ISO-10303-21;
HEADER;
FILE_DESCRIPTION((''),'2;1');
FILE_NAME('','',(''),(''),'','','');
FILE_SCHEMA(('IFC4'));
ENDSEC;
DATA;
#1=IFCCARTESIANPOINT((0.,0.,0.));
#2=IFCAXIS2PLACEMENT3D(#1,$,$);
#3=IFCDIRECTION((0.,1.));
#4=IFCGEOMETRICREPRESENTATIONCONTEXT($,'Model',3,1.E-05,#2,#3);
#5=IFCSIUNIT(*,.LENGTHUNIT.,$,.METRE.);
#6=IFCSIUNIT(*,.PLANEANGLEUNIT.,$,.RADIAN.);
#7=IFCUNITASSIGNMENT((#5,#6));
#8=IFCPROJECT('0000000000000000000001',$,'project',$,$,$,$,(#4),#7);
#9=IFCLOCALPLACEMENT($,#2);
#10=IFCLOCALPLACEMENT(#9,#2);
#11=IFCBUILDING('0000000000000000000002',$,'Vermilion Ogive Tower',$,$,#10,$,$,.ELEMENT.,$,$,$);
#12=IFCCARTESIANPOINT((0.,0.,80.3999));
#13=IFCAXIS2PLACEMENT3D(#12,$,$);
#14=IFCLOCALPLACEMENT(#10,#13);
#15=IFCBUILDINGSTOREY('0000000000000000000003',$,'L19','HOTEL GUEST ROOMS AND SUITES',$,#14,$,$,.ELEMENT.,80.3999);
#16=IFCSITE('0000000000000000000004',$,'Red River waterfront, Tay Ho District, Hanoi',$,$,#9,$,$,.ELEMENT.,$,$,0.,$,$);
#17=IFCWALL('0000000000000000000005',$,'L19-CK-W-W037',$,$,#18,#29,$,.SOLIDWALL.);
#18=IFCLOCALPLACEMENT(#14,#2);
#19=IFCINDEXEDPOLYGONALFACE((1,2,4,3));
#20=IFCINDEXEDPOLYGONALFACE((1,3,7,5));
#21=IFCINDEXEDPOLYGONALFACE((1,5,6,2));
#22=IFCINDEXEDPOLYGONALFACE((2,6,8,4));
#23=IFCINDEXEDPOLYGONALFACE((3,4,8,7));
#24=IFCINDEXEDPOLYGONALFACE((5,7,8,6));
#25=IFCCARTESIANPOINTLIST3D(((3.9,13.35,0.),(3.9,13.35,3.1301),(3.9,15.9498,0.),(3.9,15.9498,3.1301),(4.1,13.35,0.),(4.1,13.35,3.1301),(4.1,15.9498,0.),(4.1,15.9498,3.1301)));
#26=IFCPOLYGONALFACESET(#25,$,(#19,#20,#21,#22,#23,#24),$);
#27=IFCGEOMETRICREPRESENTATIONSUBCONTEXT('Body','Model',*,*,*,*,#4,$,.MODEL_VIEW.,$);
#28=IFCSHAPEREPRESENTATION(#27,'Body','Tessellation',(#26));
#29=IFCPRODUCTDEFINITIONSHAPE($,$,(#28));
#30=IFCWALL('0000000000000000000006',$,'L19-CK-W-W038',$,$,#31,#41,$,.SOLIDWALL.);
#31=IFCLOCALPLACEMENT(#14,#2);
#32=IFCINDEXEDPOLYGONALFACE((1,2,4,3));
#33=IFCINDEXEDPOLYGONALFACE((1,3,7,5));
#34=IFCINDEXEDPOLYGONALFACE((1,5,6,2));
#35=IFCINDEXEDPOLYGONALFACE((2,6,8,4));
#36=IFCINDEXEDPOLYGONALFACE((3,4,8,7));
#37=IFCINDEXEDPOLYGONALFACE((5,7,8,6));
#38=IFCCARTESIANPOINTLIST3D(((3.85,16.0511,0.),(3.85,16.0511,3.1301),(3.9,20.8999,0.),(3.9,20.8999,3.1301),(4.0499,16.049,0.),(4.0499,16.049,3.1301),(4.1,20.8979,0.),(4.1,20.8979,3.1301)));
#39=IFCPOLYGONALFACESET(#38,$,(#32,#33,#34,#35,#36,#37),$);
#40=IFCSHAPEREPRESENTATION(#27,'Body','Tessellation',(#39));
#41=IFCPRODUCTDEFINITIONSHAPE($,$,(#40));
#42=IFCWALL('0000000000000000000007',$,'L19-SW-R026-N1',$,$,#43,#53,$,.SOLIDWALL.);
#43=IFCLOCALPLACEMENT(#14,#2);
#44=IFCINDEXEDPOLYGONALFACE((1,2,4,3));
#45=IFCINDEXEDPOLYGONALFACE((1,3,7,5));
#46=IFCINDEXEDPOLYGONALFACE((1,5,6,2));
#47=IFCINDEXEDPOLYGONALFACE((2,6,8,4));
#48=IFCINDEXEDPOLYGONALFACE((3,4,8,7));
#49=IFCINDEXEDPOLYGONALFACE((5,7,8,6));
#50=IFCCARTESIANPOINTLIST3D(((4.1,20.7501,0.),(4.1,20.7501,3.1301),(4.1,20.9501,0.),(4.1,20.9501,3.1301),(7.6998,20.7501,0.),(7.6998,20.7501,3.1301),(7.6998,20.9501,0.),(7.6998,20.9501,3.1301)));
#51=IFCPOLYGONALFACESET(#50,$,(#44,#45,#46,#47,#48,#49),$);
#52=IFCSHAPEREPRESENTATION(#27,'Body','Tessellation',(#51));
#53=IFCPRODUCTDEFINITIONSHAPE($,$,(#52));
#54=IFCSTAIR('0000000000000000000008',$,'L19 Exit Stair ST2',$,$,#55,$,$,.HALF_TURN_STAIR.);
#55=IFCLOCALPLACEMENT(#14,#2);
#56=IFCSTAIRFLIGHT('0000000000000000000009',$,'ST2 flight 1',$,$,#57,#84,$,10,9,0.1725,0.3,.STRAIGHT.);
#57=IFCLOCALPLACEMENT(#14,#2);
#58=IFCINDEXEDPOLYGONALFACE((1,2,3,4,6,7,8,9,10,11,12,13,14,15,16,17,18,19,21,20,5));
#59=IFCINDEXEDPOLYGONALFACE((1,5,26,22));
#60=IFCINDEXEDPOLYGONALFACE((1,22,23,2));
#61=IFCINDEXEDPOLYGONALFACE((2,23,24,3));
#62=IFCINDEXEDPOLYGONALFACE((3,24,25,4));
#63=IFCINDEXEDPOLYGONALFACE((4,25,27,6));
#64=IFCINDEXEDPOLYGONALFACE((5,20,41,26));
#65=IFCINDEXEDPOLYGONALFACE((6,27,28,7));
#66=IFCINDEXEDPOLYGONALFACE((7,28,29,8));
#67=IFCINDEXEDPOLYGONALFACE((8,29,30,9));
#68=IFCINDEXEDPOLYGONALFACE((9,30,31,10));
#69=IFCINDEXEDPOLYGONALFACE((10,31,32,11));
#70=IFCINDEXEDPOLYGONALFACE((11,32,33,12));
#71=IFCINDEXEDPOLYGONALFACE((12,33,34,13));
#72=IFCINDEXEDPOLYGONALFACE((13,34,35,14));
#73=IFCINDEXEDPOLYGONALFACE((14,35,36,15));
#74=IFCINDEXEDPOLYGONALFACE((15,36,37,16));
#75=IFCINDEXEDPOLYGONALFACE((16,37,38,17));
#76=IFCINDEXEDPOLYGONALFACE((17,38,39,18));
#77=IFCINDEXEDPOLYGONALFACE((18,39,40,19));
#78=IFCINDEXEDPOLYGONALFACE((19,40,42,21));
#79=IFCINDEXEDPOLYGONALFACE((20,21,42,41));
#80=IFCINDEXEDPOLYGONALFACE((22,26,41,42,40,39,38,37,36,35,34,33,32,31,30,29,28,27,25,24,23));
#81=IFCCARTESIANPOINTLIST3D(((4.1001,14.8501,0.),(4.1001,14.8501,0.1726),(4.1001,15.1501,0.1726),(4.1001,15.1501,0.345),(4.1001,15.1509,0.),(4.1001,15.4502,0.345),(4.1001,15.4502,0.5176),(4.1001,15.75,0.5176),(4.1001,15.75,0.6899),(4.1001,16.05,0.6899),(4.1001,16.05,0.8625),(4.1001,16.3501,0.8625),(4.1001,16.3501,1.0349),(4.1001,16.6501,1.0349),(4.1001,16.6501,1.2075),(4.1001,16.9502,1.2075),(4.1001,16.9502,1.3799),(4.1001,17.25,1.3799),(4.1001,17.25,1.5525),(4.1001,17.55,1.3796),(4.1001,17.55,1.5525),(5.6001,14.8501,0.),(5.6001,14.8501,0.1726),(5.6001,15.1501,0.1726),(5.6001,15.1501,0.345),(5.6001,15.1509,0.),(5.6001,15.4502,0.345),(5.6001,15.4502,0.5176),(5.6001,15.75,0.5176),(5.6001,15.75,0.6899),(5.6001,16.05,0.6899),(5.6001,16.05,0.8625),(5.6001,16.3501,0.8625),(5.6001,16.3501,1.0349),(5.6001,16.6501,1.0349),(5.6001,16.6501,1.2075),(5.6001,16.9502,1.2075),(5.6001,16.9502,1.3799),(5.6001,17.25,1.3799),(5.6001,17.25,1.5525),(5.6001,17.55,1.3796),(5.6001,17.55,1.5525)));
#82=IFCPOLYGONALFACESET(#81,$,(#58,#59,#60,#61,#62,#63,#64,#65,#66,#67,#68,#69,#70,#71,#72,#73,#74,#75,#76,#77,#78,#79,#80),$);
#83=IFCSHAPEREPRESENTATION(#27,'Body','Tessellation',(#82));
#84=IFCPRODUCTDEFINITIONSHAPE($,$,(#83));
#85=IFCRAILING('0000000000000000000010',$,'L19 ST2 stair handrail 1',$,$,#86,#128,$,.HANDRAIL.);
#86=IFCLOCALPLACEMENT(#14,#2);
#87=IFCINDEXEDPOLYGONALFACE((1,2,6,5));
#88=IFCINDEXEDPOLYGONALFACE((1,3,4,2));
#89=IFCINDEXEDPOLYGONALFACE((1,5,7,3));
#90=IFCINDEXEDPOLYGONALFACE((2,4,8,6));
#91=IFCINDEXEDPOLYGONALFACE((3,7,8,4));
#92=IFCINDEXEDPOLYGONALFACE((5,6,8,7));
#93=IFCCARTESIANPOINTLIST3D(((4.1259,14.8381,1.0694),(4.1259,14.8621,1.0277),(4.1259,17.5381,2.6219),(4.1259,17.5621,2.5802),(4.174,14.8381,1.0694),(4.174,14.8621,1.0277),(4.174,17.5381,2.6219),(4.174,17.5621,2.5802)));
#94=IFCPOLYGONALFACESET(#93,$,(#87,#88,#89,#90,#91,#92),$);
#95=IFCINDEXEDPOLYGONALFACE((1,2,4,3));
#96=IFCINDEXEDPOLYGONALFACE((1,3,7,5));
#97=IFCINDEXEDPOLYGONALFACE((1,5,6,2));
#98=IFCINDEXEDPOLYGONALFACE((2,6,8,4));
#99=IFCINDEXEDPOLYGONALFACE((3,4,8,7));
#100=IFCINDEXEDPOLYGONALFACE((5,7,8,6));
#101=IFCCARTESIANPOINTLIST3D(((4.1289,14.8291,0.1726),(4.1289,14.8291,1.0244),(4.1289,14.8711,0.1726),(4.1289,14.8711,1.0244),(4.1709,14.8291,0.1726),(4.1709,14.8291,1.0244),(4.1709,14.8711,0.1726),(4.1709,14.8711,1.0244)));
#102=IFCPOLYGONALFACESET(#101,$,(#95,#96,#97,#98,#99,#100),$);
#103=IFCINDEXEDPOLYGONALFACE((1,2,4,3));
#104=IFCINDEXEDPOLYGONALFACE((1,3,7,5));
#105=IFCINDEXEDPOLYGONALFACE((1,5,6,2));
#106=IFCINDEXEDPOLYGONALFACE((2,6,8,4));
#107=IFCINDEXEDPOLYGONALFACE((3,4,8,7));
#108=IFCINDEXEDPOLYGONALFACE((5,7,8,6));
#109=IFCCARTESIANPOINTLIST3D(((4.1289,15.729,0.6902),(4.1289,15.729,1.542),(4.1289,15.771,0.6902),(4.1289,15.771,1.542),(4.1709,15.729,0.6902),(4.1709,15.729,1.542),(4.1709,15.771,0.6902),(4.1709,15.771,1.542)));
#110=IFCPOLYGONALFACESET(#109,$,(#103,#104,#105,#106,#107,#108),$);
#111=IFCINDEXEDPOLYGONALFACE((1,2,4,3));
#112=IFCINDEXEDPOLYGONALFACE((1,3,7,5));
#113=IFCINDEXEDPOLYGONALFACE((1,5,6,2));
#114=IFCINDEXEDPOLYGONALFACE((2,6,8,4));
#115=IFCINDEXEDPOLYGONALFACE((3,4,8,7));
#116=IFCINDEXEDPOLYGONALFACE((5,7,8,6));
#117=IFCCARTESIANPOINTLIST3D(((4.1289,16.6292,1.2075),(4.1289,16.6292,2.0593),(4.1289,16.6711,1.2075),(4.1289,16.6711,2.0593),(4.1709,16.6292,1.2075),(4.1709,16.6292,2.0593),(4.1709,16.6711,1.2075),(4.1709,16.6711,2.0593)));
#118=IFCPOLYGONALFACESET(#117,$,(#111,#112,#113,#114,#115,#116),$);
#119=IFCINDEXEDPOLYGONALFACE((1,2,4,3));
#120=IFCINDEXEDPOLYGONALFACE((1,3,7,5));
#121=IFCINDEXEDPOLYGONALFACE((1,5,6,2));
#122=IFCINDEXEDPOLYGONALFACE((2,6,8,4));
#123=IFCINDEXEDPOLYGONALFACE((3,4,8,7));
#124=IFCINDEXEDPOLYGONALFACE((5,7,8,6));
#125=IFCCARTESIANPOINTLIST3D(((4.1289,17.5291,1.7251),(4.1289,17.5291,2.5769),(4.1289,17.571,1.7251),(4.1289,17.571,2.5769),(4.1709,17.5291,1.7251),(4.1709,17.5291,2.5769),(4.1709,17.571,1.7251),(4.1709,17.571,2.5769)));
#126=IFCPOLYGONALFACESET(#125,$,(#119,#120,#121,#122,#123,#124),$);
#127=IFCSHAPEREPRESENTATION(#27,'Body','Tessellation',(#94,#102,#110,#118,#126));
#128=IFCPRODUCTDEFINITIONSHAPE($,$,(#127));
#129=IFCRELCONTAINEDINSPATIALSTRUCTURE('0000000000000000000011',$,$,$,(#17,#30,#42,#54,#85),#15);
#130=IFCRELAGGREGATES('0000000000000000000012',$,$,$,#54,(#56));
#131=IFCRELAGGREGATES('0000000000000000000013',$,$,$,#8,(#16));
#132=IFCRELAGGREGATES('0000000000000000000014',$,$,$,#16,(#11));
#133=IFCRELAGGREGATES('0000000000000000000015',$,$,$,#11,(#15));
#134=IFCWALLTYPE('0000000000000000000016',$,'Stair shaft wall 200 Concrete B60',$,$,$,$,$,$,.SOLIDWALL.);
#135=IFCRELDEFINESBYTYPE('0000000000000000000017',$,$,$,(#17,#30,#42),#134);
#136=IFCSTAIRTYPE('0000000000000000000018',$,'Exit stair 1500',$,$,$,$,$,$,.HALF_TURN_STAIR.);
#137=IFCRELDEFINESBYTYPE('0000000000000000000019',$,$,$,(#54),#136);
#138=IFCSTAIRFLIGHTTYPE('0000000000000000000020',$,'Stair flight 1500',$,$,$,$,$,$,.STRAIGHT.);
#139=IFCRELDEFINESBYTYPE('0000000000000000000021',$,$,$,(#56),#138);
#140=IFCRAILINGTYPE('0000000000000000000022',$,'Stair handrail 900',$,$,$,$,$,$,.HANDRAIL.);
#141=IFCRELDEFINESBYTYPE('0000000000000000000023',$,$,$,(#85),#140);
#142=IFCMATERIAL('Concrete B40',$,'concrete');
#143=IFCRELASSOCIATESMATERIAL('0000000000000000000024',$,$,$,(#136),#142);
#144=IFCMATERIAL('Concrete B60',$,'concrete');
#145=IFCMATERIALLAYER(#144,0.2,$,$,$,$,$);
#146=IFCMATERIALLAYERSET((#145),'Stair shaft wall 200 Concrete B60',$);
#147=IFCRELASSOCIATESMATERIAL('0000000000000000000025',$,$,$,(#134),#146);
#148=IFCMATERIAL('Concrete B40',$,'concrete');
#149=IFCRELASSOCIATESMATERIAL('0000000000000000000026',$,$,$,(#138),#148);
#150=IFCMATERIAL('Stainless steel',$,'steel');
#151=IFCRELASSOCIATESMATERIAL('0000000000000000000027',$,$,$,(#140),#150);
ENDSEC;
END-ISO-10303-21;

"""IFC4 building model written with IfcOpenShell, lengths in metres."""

from ifc_helpers import new_model, si_unit, direction, frame, frame_2d, origin, origin_2d, place, context, subcontext, project, spatial, polyline, rectangle, outline, extrude, material, layer, layer_set, type_object, element, aggregate, save


model = new_model("IFC4")

# Units and contexts
model_context = context("Model", 3, precision=1e-05, world=origin(), true_north=direction((0.0, 1.0)))
body_context = subcontext(model_context, "Body", "Model", "MODEL_VIEW")
ifc_project = project(units=[si_unit("LENGTHUNIT", "METRE"), si_unit("PLANEANGLEUNIT", "RADIAN")], contexts=[model_context])

# Site, building, storey
site_placement = place(None, origin())
site = spatial("IfcSite", under=ifc_project, at=site_placement, Name="Red River waterfront, Tay Ho District, Hanoi", CompositionType="ELEMENT", RefElevation=0.0)
building_placement = place(site_placement, origin())
building = spatial("IfcBuilding", under=site, at=building_placement, Name="Vermilion Ogive Tower", CompositionType="ELEMENT")
storey_placement = place(building_placement, frame((0.0, 0.0, 80.3999)))
storey = spatial("IfcBuildingStorey", under=building, at=storey_placement, Name="L19", Description="HOTEL GUEST ROOMS AND SUITES", CompositionType="ELEMENT", Elevation=80.3999)

# Shared definitions
ifc_material_1 = material(Name="Concrete B40", Category="concrete")
stair_type = type_object("IfcStairType", Name="Exit stair 1500", PredefinedType="HALF_TURN_STAIR", material=ifc_material_1)

# Shared definitions
ifc_material_2 = material(Name="Concrete B60", Category="concrete")
ifc_layer_1 = layer(ifc_material_2, 0.2)
ifc_layer_set_1 = layer_set([ifc_layer_1], Name="Stair shaft wall 200 Concrete B60")
wall_type_1 = type_object("IfcWallType", Name="Stair shaft wall 200 Concrete B60", PredefinedType="SOLIDWALL", material=ifc_layer_set_1)

# Walls
wall_1_placement = place(storey_placement, frame((4.0, 13.3501, 0.0), z_axis=(0.0, 0.0, 1.0), x_axis=(0.0, 1.0, 0.0)))
element("IfcWall", 1, at=wall_1_placement, inside=storey, type_object=wall_type_1, Name="L19-CK-W-W037", PredefinedType="SOLIDWALL", context=body_context, shape_type="SweptSolid", body=[
    extrude(rectangle(XDim=2.5999, YDim=0.2, at=frame_2d((1.2998, 0.0))), origin(), (0.0, 0.0, 1.0), 3.1301),
])
wall_2_placement = place(storey_placement, frame((3.95, 16.05, 0.0), z_axis=(0.0, 0.0, 1.0), x_axis=(0.010321, 0.999947, 0.0)))
element("IfcWall", 2, at=wall_2_placement, inside=storey, type_object=wall_type_1, Name="L19-CK-W-W038", PredefinedType="SOLIDWALL", context=body_context, shape_type="SweptSolid", body=[
    extrude(rectangle(XDim=4.8491, YDim=0.2, at=frame_2d((2.4246, 0.0))), origin(), (0.0, 0.0, 1.0), 3.1301),
])
wall_3_placement = place(storey_placement, frame((4.1001, 20.8501, 0.0), z_axis=(0.0, 0.0, 1.0), x_axis=(1.0, 0.0, 0.0)))
element("IfcWall", 3, at=wall_3_placement, inside=storey, type_object=wall_type_1, Name="L19-SW-R026-N1", PredefinedType="SOLIDWALL", context=body_context, shape_type="SweptSolid", body=[
    extrude(rectangle(XDim=3.5999, YDim=0.2, at=frame_2d((1.7998, 0.0))), origin(), (0.0, 0.0, 1.0), 3.1301),
])

# Stair, stair flight
stair_1_placement = place(storey_placement, origin())
stair_1 = element("IfcStair", 4, at=stair_1_placement, inside=storey, type_object=stair_type, Name="L19 Exit Stair ST2", PredefinedType="HALF_TURN_STAIR")
ifc_material_3 = material(Name="Concrete B40", Category="concrete")
stair_flight_type = type_object("IfcStairFlightType", Name="Stair flight 1500", PredefinedType="STRAIGHT", material=ifc_material_3)
stair_flight_placement = place(storey_placement, frame((4.8501, 14.8501, 0.0), z_axis=(0.0, 0.0, 1.0), x_axis=(0.0, 1.0, 0.0)))
stair_flight = element("IfcStairFlight", 5, at=stair_flight_placement, type_object=stair_flight_type, Name="ST2 flight 1", NumberOfRisers=10, NumberOfTreads=9, PredefinedType="STRAIGHT", RiserHeight=0.1725, TreadLength=0.3, context=body_context, shape_type="SweptSolid", body=[
    extrude(outline(polyline([(0.0, 0.0), (0.0, 0.1726), (0.3, 0.1726), (0.3, 0.345), (0.6001, 0.345), (0.6001, 0.5176), (0.8999, 0.5176), (0.8999, 0.6899), (1.2, 0.6899), (1.2, 0.8625), (1.5, 0.8625), (1.5, 1.0349), (1.8, 1.0349), (1.8, 1.2075), (2.1001, 1.2075), (2.1001, 1.3799), (2.3999, 1.3799), (2.3999, 1.5525), (2.7, 1.5525), (2.7, 1.7251), (2.7, 1.3796), (0.3008, 0.0), (0.0, 0.0)])), frame((0.0, 0.75, 0.0), z_axis=(0.0, -1.0, 0.0), x_axis=(1.0, 0.0, 0.0)), (0.0, 0.0, 1.0), 1.5),
])
aggregate(stair_1, [stair_flight])

# Railing
ifc_material_4 = material(Name="Stainless steel", Category="steel")
railing_type = type_object("IfcRailingType", Name="Stair handrail 900", PredefinedType="HANDRAIL", material=ifc_material_4)
railing_placement = place(storey_placement, frame((4.1499, 14.8501, 0.1726)))
element("IfcRailing", 6, at=railing_placement, inside=storey, type_object=railing_type, Name="L19 ST2 stair handrail 1", PredefinedType="HANDRAIL", context=body_context, shape_type="SweptSolid", body=[
    extrude(rectangle(XDim=0.0481, YDim=0.0481, at=origin_2d()), frame((0.0, 0.0, 0.876), z_axis=(0.0, 0.866904, 0.498476), x_axis=(-1.0, 0.0, 0.0)), (0.0, 0.0, 1.0), 3.1145),
    extrude(rectangle(XDim=0.042, YDim=0.042, at=origin_2d()), origin(), (0.0, 0.0, 1.0), 0.8518),
    extrude(rectangle(XDim=0.042, YDim=0.042, at=origin_2d()), frame((0.0, 0.8999, 0.5176)), (0.0, 0.0, 1.0), 0.8518),
    extrude(rectangle(XDim=0.042, YDim=0.042, at=origin_2d()), frame((0.0, 1.8, 1.0349)), (0.0, 0.0, 1.0), 0.8518),
    extrude(rectangle(XDim=0.042, YDim=0.042, at=origin_2d()), frame((0.0, 2.7, 1.5525)), (0.0, 0.0, 1.0), 0.8518),
])

save(model, "model.ifc")
